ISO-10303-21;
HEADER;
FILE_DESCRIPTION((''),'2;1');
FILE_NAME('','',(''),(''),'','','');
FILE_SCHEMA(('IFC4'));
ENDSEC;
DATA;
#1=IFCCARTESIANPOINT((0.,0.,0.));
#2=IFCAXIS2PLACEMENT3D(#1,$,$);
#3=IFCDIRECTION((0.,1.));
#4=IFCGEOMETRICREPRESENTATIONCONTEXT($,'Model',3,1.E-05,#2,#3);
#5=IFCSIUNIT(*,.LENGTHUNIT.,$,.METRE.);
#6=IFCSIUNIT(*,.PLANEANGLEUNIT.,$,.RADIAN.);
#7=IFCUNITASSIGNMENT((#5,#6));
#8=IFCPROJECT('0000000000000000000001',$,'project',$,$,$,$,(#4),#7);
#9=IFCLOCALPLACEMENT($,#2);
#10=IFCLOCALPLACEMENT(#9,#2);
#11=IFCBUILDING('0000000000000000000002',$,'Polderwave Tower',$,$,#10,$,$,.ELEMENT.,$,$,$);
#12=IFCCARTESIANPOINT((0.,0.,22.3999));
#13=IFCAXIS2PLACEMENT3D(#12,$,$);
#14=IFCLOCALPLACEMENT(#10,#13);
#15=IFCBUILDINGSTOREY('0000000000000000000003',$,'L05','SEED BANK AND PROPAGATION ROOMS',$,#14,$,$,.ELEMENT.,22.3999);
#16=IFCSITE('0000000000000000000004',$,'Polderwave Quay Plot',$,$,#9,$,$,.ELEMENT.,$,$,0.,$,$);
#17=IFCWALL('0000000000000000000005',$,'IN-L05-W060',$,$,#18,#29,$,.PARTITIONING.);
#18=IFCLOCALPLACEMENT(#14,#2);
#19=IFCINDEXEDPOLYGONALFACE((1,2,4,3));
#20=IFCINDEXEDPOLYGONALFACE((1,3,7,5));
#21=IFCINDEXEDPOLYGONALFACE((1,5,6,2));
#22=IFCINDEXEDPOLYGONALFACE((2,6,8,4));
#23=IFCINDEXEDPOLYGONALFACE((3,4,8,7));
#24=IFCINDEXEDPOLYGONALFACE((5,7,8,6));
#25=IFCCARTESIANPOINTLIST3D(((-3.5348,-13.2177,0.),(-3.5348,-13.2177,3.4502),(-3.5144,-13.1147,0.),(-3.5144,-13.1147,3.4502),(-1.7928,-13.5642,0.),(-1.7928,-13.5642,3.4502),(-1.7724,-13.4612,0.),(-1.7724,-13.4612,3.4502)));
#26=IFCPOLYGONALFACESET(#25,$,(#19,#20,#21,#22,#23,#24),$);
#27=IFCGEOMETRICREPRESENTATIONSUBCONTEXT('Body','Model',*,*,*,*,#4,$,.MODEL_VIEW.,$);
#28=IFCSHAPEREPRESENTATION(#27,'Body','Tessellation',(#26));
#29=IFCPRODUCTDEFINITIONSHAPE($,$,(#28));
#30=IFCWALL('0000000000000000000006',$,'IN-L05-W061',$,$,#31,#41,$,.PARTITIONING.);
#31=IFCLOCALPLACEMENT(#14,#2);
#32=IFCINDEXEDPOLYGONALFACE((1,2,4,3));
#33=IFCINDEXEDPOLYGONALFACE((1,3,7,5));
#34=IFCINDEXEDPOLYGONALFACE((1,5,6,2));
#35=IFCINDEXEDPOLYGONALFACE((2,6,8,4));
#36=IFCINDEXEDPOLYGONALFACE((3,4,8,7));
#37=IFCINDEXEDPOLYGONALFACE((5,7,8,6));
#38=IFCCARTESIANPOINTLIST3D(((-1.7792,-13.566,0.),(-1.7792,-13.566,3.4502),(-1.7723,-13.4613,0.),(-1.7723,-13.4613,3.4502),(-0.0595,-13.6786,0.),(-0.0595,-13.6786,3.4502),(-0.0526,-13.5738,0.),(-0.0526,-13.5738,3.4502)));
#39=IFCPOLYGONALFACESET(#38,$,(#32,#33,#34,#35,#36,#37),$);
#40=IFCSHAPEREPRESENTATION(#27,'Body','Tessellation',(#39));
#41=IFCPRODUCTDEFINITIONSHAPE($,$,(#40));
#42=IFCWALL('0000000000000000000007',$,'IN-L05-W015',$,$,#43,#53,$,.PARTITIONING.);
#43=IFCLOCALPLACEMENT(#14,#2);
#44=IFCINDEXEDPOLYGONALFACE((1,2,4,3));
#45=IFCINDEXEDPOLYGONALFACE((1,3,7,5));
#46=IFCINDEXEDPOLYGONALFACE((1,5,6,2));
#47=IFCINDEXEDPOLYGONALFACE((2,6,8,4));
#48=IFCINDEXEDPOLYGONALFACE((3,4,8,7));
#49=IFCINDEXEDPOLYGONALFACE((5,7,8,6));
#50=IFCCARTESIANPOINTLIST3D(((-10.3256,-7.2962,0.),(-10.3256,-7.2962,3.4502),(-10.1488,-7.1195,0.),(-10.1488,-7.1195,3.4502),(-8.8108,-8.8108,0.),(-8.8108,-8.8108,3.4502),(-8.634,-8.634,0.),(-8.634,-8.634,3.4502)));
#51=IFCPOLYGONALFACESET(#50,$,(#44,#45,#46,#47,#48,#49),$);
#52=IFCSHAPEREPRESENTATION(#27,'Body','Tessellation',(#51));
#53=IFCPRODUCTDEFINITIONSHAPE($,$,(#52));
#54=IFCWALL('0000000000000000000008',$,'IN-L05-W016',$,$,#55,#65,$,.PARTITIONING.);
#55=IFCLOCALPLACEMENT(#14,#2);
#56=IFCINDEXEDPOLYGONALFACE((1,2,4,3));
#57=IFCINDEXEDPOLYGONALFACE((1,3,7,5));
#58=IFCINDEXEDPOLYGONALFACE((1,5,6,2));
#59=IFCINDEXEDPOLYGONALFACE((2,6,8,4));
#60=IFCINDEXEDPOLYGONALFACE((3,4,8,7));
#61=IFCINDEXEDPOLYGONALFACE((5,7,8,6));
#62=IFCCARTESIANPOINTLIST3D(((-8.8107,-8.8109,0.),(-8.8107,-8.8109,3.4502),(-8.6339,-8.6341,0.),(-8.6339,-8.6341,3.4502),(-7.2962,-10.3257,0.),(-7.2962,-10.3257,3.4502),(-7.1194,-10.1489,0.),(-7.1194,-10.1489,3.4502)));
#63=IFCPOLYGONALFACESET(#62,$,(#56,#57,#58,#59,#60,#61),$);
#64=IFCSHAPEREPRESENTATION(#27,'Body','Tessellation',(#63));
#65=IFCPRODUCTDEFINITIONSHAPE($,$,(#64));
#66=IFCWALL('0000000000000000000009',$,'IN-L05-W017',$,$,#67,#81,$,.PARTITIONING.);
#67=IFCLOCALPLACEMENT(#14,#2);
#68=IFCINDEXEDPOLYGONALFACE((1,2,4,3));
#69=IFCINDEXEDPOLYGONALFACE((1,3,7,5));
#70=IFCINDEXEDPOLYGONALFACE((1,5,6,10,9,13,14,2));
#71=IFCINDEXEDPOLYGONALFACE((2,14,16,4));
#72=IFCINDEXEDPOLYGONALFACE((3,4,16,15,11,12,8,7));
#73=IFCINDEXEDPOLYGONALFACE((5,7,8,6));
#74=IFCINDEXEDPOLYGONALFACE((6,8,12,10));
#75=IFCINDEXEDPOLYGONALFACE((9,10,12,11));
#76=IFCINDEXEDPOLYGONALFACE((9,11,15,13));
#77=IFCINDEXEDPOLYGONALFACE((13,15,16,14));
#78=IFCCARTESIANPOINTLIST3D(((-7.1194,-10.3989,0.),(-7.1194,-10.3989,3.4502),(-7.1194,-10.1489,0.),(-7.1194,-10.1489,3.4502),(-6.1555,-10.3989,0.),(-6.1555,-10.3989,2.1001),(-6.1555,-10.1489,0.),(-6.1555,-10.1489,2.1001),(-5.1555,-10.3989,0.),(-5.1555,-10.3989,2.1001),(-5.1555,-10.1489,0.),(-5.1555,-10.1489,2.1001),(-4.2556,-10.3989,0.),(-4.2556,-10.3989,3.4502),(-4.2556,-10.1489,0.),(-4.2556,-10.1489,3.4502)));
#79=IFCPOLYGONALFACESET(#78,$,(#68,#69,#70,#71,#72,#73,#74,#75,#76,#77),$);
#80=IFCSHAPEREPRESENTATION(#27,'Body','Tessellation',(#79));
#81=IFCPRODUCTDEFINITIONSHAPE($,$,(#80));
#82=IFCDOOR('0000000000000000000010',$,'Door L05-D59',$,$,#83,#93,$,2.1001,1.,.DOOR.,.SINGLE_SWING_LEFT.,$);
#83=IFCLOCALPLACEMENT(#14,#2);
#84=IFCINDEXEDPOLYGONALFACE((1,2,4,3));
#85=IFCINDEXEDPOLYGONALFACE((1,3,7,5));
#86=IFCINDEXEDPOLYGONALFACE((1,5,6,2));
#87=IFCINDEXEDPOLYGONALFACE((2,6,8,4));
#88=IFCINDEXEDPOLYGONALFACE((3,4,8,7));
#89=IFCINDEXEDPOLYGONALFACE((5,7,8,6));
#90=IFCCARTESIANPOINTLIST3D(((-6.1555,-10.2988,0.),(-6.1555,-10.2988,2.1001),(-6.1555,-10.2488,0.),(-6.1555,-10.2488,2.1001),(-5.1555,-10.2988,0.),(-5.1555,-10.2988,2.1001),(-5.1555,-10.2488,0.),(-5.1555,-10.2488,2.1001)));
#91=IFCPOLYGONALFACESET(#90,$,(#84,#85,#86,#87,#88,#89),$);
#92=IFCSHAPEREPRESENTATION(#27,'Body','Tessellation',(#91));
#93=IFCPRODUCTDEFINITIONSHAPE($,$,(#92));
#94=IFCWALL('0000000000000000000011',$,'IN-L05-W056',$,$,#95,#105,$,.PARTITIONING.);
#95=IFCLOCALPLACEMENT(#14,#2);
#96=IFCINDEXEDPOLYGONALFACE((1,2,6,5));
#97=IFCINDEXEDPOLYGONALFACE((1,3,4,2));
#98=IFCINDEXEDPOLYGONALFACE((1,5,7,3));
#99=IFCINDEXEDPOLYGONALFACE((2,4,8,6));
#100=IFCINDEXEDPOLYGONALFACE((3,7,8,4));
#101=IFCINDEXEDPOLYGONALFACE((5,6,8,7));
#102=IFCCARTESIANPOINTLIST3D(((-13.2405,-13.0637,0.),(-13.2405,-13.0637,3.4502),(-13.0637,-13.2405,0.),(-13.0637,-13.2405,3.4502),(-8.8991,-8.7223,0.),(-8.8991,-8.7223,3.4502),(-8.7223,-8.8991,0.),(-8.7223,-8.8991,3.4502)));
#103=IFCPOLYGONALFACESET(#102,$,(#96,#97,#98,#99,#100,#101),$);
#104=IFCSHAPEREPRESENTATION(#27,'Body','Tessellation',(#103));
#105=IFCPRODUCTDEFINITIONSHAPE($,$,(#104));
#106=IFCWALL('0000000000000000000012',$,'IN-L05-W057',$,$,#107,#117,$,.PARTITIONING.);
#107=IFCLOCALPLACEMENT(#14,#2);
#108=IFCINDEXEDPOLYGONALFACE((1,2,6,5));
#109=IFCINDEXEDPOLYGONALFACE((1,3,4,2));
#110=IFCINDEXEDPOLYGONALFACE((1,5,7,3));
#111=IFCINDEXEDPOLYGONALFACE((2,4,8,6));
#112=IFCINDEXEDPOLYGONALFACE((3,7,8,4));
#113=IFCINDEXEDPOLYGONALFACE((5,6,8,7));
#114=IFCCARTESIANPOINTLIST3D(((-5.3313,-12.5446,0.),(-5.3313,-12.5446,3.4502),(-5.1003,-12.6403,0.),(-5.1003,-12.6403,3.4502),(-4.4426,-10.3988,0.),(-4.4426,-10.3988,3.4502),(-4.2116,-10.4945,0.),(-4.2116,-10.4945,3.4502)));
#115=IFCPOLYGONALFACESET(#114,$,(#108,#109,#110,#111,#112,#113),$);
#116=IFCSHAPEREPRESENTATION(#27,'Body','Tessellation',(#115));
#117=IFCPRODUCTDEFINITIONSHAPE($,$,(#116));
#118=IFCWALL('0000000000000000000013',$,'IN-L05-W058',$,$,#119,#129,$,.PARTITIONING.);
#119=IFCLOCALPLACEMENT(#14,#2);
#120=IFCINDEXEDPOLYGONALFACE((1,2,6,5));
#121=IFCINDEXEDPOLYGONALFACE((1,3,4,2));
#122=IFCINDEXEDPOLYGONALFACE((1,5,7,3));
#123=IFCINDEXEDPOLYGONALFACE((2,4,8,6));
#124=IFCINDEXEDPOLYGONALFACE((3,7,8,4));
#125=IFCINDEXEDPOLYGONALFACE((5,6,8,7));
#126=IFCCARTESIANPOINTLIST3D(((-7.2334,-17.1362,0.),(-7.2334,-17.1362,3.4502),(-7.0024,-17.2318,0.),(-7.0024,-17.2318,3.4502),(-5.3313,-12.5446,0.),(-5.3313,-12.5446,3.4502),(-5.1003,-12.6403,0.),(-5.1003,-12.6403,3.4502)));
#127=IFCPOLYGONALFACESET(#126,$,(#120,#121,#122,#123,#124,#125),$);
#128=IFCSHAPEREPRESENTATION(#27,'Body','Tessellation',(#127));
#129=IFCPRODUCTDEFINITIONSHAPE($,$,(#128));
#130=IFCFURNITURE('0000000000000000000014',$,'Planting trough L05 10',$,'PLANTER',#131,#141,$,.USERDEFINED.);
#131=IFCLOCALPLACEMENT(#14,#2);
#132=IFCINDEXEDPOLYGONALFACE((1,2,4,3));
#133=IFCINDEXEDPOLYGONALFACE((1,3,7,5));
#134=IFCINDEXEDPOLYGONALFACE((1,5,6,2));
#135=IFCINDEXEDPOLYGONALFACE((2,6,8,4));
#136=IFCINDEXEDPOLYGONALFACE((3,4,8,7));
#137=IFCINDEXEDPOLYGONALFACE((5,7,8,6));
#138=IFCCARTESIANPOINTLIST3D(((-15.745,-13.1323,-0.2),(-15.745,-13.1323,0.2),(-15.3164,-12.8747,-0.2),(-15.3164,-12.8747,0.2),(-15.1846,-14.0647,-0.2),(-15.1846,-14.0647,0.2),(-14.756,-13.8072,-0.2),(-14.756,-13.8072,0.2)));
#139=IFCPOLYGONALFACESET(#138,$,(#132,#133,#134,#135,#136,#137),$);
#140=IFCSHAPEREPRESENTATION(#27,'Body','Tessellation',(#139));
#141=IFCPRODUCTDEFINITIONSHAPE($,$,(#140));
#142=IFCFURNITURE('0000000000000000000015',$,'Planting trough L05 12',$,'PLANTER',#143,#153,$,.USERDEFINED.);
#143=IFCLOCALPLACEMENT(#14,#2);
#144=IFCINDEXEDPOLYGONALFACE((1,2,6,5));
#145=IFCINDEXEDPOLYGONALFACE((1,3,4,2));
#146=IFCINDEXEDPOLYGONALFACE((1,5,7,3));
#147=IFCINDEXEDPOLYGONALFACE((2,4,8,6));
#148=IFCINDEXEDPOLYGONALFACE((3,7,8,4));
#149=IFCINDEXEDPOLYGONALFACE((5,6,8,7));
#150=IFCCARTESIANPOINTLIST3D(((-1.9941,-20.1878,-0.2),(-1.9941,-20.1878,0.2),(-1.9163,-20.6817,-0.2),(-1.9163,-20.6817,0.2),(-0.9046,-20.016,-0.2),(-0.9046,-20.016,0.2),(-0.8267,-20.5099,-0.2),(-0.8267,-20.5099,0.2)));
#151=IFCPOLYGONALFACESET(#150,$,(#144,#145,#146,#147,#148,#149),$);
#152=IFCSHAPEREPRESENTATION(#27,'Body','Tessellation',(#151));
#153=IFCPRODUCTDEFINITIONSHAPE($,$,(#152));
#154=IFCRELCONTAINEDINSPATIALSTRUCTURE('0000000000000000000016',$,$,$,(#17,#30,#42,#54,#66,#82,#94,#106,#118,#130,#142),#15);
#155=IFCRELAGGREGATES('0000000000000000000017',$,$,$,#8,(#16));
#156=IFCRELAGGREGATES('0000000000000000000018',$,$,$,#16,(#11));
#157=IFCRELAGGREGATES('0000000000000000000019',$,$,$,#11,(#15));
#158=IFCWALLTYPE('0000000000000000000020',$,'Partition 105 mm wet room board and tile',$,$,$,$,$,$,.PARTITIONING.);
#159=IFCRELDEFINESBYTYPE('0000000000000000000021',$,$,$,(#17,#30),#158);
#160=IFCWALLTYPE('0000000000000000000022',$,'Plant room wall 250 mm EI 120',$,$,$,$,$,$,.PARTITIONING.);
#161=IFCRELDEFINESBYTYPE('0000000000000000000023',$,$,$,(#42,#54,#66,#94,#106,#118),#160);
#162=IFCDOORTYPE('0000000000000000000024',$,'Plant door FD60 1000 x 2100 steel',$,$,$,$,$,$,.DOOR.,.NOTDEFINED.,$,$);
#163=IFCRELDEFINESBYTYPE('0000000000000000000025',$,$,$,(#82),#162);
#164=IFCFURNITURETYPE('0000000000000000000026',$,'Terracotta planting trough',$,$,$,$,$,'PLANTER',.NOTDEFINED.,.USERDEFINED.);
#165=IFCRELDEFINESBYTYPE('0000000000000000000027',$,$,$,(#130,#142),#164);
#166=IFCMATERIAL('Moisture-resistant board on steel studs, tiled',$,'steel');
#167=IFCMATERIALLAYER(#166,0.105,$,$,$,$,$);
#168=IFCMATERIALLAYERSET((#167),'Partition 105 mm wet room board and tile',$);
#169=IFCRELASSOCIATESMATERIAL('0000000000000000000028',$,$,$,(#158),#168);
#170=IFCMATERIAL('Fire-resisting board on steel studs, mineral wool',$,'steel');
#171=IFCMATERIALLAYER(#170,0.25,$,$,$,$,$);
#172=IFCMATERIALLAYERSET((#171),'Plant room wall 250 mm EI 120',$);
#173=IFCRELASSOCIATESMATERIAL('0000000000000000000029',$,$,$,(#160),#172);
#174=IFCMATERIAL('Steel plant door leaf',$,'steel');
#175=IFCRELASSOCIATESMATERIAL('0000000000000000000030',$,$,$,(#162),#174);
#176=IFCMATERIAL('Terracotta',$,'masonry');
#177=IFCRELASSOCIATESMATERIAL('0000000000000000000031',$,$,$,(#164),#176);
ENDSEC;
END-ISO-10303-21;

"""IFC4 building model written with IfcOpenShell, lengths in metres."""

from ifc_helpers import new_model, si_unit, direction, frame, frame_2d, origin, origin_2d, place, context, subcontext, project, spatial, rectangle, extrude, material, layer, layer_set, type_object, element, fill, save


model = new_model("IFC4")

# Units and contexts
model_context = context("Model", 3, precision=1e-05, world=origin(), true_north=direction((0.0, 1.0)))
body_context = subcontext(model_context, "Body", "Model", "MODEL_VIEW")
ifc_project = project(units=[si_unit("LENGTHUNIT", "METRE"), si_unit("PLANEANGLEUNIT", "RADIAN")], contexts=[model_context])

# Site, building, storey
site_placement = place(None, origin())
site = spatial("IfcSite", under=ifc_project, at=site_placement, Name="Polderwave Quay Plot", CompositionType="ELEMENT", RefElevation=0.0)
building_placement = place(site_placement, origin())
building = spatial("IfcBuilding", under=site, at=building_placement, Name="Polderwave Tower", CompositionType="ELEMENT")
storey_placement = place(building_placement, frame((0.0, 0.0, 22.3999)))
storey = spatial("IfcBuildingStorey", under=building, at=storey_placement, Name="L05", Description="SEED BANK AND PROPAGATION ROOMS", CompositionType="ELEMENT", Elevation=22.3999)

# Walls
ifc_material_1 = material(Name="Moisture-resistant board on steel studs, tiled", Category="steel")
ifc_layer_1 = layer(ifc_material_1, 0.105)
ifc_layer_set_1 = layer_set([ifc_layer_1], Name="Partition 105 mm wet room board and tile")
wall_type_1 = type_object("IfcWallType", Name="Partition 105 mm wet room board and tile", PredefinedType="PARTITIONING", material=ifc_layer_set_1)
wall_1_placement = place(storey_placement, frame((-1.7825, -13.5127, 0.0), z_axis=(0.0, 0.0, 1.0), x_axis=(-0.980792, 0.195059, 0.0)))
element("IfcWall", 1, at=wall_1_placement, inside=storey, type_object=wall_type_1, Name="IN-L05-W060", PredefinedType="PARTITIONING", context=body_context, shape_type="SweptSolid", body=[
    extrude(rectangle(XDim=1.7761, YDim=0.105, at=frame_2d((0.8882, 0.0))), origin(), (0.0, 0.0, 1.0), 3.4502),
])
wall_2_placement = place(storey_placement, frame((-0.0559, -13.6262, 0.0), z_axis=(0.0, 0.0, 1.0), x_axis=(-0.997865, 0.065306, 0.0)))
element("IfcWall", 2, at=wall_2_placement, inside=storey, type_object=wall_type_1, Name="IN-L05-W061", PredefinedType="PARTITIONING", context=body_context, shape_type="SweptSolid", body=[
    extrude(rectangle(XDim=1.7234, YDim=0.105, at=frame_2d((0.8618, 0.0))), origin(), (0.0, 0.0, 1.0), 3.4502),
])
ifc_material_2 = material(Name="Fire-resisting board on steel studs, mineral wool", Category="steel")
ifc_layer_2 = layer(ifc_material_2, 0.25)
ifc_layer_set_2 = layer_set([ifc_layer_2], Name="Plant room wall 250 mm EI 120")
wall_type_2 = type_object("IfcWallType", Name="Plant room wall 250 mm EI 120", PredefinedType="PARTITIONING", material=ifc_layer_set_2)
for number, where, z_axis, x_axis, name in (
    (3, (-8.7224, -8.7224, 0.0), (0.0, 0.0, 1.0), (-0.707164, 0.70705, 0.0), "IN-L05-W015"),
    (4, (-7.2078, -10.2373, 0.0), (0.0, 0.0, 1.0), (-0.70705, 0.707164, 0.0), "IN-L05-W016"),
):
    element("IfcWall", number, at=place(storey_placement, frame(where, z_axis=z_axis, x_axis=x_axis)), inside=storey, type_object=wall_type_2, Name=name, PredefinedType="PARTITIONING", context=body_context, shape_type="SweptSolid", body=[
        extrude(rectangle(XDim=2.1421, YDim=0.25, at=frame_2d((1.071, 0.0))), origin(), (0.0, 0.0, 1.0), 3.4502),
    ])

# Wall, opening, door
wall_3_placement = place(storey_placement, frame((-4.2556, -10.2739, 0.0), z_axis=(0.0, 0.0, 1.0), x_axis=(-1.0, 0.0, 0.0)))
wall_3 = element("IfcWall", 5, at=wall_3_placement, inside=storey, type_object=wall_type_2, Name="IN-L05-W017", PredefinedType="PARTITIONING", context=body_context, shape_type="SweptSolid", body=[
    extrude(rectangle(XDim=2.8638, YDim=0.25, at=frame_2d((1.4319, 0.0))), origin(), (0.0, 0.0, 1.0), 3.4502),
])
opening_placement = place(wall_3_placement, frame((0.8999, 0.0, 0.0)))
opening = element("IfcOpeningElement", 6, at=opening_placement, cuts=wall_3, PredefinedType="OPENING", context=body_context, shape_type="SweptSolid", body=[
    extrude(rectangle(XDim=1.0, YDim=2.1001, at=frame_2d((0.5, 1.05))), frame((0.0, 0.135, 0.0), z_axis=(0.0, -1.0, 0.0), x_axis=(1.0, 0.0, 0.0)), (0.0, 0.0, 1.0), 0.27),
])
ifc_material_3 = material(Name="Steel plant door leaf", Category="steel")
door_type = type_object("IfcDoorType", Name="Plant door FD60 1000 x 2100 steel", OperationType="NOTDEFINED", PredefinedType="DOOR", material=ifc_material_3)
door_placement = place(opening_placement, origin())
door = element("IfcDoor", 7, at=door_placement, inside=storey, type_object=door_type, Name="Door L05-D59", OperationType="SINGLE_SWING_LEFT", OverallHeight=2.1001, OverallWidth=1.0, PredefinedType="DOOR", context=body_context, shape_type="SweptSolid", body=[
    extrude(rectangle(XDim=1.0, YDim=2.1001, at=frame_2d((0.5, 1.05))), frame((0.0, 0.0249, 0.0), z_axis=(0.0, -1.0, 0.0), x_axis=(1.0, 0.0, 0.0)), (0.0, 0.0, 1.0), 0.05),
])
fill(opening, door)

# Walls
wall_4_placement = place(storey_placement, frame((-13.1521, -13.1521, 0.0), z_axis=(0.0, 0.0, 1.0), x_axis=(0.707107, 0.707107, 0.0)))
element("IfcWall", 8, at=wall_4_placement, inside=storey, type_object=wall_type_2, Name="IN-L05-W056", PredefinedType="PARTITIONING", context=body_context, shape_type="SweptSolid", body=[
    extrude(rectangle(XDim=6.1396, YDim=0.25, at=frame_2d((3.0698, 0.0))), origin(), (0.0, 0.0, 1.0), 3.4502),
])
wall_5_placement = place(storey_placement, frame((-4.3271, -10.4468, 0.0), z_axis=(0.0, 0.0, 1.0), x_axis=(-0.382637, -0.923899, 0.0)))
element("IfcWall", 9, at=wall_5_placement, inside=storey, type_object=wall_type_2, Name="IN-L05-W057", PredefinedType="PARTITIONING", context=body_context, shape_type="SweptSolid", body=[
    extrude(rectangle(XDim=2.3225, YDim=0.25, at=frame_2d((1.1611, 0.0))), origin(), (0.0, 0.0, 1.0), 3.4502),
])
wall_6_placement = place(storey_placement, frame((-5.2158, -12.5925, 0.0), z_axis=(0.0, 0.0, 1.0), x_axis=(-0.382721, -0.923864, 0.0)))
element("IfcWall", 10, at=wall_6_placement, inside=storey, type_object=wall_type_2, Name="IN-L05-W058", PredefinedType="PARTITIONING", context=body_context, shape_type="SweptSolid", body=[
    extrude(rectangle(XDim=4.97, YDim=0.25, at=frame_2d((2.4849, 0.0))), origin(), (0.0, 0.0, 1.0), 3.4502),
])

# Furniture
ifc_material_4 = material(Name="Terracotta", Category="masonry")
furniture_type = type_object("IfcFurnitureType", Name="Terracotta planting trough", ElementType="PLANTER", AssemblyPlace="NOTDEFINED", PredefinedType="USERDEFINED", material=ifc_material_4)
furniture_1_placement = place(storey_placement, frame((-15.2505, -13.4697, -0.2), z_axis=(0.0, 0.0, 1.0), x_axis=(0.515099, -0.85713, 0.0)))
element("IfcFurniture", 11, at=furniture_1_placement, inside=storey, type_object=furniture_type, Name="Planting trough L05 10", ObjectType="PLANTER", PredefinedType="USERDEFINED", context=body_context, shape_type="SweptSolid", body=[
    extrude(rectangle(XDim=1.0879, YDim=0.5, at=origin_2d()), origin(), (0.0, 0.0, 1.0), 0.3999),
])
furniture_2_placement = place(storey_placement, frame((-1.4104, -20.3489, -0.2), z_axis=(0.0, 0.0, 1.0), x_axis=(0.987798, 0.155738, 0.0)))
element("IfcFurniture", 12, at=furniture_2_placement, inside=storey, type_object=furniture_type, Name="Planting trough L05 12", ObjectType="PLANTER", PredefinedType="USERDEFINED", context=body_context, shape_type="SweptSolid", body=[
    extrude(rectangle(XDim=1.103, YDim=0.5, at=origin_2d()), origin(), (0.0, 0.0, 1.0), 0.3999),
])

save(model, "model.ifc")
